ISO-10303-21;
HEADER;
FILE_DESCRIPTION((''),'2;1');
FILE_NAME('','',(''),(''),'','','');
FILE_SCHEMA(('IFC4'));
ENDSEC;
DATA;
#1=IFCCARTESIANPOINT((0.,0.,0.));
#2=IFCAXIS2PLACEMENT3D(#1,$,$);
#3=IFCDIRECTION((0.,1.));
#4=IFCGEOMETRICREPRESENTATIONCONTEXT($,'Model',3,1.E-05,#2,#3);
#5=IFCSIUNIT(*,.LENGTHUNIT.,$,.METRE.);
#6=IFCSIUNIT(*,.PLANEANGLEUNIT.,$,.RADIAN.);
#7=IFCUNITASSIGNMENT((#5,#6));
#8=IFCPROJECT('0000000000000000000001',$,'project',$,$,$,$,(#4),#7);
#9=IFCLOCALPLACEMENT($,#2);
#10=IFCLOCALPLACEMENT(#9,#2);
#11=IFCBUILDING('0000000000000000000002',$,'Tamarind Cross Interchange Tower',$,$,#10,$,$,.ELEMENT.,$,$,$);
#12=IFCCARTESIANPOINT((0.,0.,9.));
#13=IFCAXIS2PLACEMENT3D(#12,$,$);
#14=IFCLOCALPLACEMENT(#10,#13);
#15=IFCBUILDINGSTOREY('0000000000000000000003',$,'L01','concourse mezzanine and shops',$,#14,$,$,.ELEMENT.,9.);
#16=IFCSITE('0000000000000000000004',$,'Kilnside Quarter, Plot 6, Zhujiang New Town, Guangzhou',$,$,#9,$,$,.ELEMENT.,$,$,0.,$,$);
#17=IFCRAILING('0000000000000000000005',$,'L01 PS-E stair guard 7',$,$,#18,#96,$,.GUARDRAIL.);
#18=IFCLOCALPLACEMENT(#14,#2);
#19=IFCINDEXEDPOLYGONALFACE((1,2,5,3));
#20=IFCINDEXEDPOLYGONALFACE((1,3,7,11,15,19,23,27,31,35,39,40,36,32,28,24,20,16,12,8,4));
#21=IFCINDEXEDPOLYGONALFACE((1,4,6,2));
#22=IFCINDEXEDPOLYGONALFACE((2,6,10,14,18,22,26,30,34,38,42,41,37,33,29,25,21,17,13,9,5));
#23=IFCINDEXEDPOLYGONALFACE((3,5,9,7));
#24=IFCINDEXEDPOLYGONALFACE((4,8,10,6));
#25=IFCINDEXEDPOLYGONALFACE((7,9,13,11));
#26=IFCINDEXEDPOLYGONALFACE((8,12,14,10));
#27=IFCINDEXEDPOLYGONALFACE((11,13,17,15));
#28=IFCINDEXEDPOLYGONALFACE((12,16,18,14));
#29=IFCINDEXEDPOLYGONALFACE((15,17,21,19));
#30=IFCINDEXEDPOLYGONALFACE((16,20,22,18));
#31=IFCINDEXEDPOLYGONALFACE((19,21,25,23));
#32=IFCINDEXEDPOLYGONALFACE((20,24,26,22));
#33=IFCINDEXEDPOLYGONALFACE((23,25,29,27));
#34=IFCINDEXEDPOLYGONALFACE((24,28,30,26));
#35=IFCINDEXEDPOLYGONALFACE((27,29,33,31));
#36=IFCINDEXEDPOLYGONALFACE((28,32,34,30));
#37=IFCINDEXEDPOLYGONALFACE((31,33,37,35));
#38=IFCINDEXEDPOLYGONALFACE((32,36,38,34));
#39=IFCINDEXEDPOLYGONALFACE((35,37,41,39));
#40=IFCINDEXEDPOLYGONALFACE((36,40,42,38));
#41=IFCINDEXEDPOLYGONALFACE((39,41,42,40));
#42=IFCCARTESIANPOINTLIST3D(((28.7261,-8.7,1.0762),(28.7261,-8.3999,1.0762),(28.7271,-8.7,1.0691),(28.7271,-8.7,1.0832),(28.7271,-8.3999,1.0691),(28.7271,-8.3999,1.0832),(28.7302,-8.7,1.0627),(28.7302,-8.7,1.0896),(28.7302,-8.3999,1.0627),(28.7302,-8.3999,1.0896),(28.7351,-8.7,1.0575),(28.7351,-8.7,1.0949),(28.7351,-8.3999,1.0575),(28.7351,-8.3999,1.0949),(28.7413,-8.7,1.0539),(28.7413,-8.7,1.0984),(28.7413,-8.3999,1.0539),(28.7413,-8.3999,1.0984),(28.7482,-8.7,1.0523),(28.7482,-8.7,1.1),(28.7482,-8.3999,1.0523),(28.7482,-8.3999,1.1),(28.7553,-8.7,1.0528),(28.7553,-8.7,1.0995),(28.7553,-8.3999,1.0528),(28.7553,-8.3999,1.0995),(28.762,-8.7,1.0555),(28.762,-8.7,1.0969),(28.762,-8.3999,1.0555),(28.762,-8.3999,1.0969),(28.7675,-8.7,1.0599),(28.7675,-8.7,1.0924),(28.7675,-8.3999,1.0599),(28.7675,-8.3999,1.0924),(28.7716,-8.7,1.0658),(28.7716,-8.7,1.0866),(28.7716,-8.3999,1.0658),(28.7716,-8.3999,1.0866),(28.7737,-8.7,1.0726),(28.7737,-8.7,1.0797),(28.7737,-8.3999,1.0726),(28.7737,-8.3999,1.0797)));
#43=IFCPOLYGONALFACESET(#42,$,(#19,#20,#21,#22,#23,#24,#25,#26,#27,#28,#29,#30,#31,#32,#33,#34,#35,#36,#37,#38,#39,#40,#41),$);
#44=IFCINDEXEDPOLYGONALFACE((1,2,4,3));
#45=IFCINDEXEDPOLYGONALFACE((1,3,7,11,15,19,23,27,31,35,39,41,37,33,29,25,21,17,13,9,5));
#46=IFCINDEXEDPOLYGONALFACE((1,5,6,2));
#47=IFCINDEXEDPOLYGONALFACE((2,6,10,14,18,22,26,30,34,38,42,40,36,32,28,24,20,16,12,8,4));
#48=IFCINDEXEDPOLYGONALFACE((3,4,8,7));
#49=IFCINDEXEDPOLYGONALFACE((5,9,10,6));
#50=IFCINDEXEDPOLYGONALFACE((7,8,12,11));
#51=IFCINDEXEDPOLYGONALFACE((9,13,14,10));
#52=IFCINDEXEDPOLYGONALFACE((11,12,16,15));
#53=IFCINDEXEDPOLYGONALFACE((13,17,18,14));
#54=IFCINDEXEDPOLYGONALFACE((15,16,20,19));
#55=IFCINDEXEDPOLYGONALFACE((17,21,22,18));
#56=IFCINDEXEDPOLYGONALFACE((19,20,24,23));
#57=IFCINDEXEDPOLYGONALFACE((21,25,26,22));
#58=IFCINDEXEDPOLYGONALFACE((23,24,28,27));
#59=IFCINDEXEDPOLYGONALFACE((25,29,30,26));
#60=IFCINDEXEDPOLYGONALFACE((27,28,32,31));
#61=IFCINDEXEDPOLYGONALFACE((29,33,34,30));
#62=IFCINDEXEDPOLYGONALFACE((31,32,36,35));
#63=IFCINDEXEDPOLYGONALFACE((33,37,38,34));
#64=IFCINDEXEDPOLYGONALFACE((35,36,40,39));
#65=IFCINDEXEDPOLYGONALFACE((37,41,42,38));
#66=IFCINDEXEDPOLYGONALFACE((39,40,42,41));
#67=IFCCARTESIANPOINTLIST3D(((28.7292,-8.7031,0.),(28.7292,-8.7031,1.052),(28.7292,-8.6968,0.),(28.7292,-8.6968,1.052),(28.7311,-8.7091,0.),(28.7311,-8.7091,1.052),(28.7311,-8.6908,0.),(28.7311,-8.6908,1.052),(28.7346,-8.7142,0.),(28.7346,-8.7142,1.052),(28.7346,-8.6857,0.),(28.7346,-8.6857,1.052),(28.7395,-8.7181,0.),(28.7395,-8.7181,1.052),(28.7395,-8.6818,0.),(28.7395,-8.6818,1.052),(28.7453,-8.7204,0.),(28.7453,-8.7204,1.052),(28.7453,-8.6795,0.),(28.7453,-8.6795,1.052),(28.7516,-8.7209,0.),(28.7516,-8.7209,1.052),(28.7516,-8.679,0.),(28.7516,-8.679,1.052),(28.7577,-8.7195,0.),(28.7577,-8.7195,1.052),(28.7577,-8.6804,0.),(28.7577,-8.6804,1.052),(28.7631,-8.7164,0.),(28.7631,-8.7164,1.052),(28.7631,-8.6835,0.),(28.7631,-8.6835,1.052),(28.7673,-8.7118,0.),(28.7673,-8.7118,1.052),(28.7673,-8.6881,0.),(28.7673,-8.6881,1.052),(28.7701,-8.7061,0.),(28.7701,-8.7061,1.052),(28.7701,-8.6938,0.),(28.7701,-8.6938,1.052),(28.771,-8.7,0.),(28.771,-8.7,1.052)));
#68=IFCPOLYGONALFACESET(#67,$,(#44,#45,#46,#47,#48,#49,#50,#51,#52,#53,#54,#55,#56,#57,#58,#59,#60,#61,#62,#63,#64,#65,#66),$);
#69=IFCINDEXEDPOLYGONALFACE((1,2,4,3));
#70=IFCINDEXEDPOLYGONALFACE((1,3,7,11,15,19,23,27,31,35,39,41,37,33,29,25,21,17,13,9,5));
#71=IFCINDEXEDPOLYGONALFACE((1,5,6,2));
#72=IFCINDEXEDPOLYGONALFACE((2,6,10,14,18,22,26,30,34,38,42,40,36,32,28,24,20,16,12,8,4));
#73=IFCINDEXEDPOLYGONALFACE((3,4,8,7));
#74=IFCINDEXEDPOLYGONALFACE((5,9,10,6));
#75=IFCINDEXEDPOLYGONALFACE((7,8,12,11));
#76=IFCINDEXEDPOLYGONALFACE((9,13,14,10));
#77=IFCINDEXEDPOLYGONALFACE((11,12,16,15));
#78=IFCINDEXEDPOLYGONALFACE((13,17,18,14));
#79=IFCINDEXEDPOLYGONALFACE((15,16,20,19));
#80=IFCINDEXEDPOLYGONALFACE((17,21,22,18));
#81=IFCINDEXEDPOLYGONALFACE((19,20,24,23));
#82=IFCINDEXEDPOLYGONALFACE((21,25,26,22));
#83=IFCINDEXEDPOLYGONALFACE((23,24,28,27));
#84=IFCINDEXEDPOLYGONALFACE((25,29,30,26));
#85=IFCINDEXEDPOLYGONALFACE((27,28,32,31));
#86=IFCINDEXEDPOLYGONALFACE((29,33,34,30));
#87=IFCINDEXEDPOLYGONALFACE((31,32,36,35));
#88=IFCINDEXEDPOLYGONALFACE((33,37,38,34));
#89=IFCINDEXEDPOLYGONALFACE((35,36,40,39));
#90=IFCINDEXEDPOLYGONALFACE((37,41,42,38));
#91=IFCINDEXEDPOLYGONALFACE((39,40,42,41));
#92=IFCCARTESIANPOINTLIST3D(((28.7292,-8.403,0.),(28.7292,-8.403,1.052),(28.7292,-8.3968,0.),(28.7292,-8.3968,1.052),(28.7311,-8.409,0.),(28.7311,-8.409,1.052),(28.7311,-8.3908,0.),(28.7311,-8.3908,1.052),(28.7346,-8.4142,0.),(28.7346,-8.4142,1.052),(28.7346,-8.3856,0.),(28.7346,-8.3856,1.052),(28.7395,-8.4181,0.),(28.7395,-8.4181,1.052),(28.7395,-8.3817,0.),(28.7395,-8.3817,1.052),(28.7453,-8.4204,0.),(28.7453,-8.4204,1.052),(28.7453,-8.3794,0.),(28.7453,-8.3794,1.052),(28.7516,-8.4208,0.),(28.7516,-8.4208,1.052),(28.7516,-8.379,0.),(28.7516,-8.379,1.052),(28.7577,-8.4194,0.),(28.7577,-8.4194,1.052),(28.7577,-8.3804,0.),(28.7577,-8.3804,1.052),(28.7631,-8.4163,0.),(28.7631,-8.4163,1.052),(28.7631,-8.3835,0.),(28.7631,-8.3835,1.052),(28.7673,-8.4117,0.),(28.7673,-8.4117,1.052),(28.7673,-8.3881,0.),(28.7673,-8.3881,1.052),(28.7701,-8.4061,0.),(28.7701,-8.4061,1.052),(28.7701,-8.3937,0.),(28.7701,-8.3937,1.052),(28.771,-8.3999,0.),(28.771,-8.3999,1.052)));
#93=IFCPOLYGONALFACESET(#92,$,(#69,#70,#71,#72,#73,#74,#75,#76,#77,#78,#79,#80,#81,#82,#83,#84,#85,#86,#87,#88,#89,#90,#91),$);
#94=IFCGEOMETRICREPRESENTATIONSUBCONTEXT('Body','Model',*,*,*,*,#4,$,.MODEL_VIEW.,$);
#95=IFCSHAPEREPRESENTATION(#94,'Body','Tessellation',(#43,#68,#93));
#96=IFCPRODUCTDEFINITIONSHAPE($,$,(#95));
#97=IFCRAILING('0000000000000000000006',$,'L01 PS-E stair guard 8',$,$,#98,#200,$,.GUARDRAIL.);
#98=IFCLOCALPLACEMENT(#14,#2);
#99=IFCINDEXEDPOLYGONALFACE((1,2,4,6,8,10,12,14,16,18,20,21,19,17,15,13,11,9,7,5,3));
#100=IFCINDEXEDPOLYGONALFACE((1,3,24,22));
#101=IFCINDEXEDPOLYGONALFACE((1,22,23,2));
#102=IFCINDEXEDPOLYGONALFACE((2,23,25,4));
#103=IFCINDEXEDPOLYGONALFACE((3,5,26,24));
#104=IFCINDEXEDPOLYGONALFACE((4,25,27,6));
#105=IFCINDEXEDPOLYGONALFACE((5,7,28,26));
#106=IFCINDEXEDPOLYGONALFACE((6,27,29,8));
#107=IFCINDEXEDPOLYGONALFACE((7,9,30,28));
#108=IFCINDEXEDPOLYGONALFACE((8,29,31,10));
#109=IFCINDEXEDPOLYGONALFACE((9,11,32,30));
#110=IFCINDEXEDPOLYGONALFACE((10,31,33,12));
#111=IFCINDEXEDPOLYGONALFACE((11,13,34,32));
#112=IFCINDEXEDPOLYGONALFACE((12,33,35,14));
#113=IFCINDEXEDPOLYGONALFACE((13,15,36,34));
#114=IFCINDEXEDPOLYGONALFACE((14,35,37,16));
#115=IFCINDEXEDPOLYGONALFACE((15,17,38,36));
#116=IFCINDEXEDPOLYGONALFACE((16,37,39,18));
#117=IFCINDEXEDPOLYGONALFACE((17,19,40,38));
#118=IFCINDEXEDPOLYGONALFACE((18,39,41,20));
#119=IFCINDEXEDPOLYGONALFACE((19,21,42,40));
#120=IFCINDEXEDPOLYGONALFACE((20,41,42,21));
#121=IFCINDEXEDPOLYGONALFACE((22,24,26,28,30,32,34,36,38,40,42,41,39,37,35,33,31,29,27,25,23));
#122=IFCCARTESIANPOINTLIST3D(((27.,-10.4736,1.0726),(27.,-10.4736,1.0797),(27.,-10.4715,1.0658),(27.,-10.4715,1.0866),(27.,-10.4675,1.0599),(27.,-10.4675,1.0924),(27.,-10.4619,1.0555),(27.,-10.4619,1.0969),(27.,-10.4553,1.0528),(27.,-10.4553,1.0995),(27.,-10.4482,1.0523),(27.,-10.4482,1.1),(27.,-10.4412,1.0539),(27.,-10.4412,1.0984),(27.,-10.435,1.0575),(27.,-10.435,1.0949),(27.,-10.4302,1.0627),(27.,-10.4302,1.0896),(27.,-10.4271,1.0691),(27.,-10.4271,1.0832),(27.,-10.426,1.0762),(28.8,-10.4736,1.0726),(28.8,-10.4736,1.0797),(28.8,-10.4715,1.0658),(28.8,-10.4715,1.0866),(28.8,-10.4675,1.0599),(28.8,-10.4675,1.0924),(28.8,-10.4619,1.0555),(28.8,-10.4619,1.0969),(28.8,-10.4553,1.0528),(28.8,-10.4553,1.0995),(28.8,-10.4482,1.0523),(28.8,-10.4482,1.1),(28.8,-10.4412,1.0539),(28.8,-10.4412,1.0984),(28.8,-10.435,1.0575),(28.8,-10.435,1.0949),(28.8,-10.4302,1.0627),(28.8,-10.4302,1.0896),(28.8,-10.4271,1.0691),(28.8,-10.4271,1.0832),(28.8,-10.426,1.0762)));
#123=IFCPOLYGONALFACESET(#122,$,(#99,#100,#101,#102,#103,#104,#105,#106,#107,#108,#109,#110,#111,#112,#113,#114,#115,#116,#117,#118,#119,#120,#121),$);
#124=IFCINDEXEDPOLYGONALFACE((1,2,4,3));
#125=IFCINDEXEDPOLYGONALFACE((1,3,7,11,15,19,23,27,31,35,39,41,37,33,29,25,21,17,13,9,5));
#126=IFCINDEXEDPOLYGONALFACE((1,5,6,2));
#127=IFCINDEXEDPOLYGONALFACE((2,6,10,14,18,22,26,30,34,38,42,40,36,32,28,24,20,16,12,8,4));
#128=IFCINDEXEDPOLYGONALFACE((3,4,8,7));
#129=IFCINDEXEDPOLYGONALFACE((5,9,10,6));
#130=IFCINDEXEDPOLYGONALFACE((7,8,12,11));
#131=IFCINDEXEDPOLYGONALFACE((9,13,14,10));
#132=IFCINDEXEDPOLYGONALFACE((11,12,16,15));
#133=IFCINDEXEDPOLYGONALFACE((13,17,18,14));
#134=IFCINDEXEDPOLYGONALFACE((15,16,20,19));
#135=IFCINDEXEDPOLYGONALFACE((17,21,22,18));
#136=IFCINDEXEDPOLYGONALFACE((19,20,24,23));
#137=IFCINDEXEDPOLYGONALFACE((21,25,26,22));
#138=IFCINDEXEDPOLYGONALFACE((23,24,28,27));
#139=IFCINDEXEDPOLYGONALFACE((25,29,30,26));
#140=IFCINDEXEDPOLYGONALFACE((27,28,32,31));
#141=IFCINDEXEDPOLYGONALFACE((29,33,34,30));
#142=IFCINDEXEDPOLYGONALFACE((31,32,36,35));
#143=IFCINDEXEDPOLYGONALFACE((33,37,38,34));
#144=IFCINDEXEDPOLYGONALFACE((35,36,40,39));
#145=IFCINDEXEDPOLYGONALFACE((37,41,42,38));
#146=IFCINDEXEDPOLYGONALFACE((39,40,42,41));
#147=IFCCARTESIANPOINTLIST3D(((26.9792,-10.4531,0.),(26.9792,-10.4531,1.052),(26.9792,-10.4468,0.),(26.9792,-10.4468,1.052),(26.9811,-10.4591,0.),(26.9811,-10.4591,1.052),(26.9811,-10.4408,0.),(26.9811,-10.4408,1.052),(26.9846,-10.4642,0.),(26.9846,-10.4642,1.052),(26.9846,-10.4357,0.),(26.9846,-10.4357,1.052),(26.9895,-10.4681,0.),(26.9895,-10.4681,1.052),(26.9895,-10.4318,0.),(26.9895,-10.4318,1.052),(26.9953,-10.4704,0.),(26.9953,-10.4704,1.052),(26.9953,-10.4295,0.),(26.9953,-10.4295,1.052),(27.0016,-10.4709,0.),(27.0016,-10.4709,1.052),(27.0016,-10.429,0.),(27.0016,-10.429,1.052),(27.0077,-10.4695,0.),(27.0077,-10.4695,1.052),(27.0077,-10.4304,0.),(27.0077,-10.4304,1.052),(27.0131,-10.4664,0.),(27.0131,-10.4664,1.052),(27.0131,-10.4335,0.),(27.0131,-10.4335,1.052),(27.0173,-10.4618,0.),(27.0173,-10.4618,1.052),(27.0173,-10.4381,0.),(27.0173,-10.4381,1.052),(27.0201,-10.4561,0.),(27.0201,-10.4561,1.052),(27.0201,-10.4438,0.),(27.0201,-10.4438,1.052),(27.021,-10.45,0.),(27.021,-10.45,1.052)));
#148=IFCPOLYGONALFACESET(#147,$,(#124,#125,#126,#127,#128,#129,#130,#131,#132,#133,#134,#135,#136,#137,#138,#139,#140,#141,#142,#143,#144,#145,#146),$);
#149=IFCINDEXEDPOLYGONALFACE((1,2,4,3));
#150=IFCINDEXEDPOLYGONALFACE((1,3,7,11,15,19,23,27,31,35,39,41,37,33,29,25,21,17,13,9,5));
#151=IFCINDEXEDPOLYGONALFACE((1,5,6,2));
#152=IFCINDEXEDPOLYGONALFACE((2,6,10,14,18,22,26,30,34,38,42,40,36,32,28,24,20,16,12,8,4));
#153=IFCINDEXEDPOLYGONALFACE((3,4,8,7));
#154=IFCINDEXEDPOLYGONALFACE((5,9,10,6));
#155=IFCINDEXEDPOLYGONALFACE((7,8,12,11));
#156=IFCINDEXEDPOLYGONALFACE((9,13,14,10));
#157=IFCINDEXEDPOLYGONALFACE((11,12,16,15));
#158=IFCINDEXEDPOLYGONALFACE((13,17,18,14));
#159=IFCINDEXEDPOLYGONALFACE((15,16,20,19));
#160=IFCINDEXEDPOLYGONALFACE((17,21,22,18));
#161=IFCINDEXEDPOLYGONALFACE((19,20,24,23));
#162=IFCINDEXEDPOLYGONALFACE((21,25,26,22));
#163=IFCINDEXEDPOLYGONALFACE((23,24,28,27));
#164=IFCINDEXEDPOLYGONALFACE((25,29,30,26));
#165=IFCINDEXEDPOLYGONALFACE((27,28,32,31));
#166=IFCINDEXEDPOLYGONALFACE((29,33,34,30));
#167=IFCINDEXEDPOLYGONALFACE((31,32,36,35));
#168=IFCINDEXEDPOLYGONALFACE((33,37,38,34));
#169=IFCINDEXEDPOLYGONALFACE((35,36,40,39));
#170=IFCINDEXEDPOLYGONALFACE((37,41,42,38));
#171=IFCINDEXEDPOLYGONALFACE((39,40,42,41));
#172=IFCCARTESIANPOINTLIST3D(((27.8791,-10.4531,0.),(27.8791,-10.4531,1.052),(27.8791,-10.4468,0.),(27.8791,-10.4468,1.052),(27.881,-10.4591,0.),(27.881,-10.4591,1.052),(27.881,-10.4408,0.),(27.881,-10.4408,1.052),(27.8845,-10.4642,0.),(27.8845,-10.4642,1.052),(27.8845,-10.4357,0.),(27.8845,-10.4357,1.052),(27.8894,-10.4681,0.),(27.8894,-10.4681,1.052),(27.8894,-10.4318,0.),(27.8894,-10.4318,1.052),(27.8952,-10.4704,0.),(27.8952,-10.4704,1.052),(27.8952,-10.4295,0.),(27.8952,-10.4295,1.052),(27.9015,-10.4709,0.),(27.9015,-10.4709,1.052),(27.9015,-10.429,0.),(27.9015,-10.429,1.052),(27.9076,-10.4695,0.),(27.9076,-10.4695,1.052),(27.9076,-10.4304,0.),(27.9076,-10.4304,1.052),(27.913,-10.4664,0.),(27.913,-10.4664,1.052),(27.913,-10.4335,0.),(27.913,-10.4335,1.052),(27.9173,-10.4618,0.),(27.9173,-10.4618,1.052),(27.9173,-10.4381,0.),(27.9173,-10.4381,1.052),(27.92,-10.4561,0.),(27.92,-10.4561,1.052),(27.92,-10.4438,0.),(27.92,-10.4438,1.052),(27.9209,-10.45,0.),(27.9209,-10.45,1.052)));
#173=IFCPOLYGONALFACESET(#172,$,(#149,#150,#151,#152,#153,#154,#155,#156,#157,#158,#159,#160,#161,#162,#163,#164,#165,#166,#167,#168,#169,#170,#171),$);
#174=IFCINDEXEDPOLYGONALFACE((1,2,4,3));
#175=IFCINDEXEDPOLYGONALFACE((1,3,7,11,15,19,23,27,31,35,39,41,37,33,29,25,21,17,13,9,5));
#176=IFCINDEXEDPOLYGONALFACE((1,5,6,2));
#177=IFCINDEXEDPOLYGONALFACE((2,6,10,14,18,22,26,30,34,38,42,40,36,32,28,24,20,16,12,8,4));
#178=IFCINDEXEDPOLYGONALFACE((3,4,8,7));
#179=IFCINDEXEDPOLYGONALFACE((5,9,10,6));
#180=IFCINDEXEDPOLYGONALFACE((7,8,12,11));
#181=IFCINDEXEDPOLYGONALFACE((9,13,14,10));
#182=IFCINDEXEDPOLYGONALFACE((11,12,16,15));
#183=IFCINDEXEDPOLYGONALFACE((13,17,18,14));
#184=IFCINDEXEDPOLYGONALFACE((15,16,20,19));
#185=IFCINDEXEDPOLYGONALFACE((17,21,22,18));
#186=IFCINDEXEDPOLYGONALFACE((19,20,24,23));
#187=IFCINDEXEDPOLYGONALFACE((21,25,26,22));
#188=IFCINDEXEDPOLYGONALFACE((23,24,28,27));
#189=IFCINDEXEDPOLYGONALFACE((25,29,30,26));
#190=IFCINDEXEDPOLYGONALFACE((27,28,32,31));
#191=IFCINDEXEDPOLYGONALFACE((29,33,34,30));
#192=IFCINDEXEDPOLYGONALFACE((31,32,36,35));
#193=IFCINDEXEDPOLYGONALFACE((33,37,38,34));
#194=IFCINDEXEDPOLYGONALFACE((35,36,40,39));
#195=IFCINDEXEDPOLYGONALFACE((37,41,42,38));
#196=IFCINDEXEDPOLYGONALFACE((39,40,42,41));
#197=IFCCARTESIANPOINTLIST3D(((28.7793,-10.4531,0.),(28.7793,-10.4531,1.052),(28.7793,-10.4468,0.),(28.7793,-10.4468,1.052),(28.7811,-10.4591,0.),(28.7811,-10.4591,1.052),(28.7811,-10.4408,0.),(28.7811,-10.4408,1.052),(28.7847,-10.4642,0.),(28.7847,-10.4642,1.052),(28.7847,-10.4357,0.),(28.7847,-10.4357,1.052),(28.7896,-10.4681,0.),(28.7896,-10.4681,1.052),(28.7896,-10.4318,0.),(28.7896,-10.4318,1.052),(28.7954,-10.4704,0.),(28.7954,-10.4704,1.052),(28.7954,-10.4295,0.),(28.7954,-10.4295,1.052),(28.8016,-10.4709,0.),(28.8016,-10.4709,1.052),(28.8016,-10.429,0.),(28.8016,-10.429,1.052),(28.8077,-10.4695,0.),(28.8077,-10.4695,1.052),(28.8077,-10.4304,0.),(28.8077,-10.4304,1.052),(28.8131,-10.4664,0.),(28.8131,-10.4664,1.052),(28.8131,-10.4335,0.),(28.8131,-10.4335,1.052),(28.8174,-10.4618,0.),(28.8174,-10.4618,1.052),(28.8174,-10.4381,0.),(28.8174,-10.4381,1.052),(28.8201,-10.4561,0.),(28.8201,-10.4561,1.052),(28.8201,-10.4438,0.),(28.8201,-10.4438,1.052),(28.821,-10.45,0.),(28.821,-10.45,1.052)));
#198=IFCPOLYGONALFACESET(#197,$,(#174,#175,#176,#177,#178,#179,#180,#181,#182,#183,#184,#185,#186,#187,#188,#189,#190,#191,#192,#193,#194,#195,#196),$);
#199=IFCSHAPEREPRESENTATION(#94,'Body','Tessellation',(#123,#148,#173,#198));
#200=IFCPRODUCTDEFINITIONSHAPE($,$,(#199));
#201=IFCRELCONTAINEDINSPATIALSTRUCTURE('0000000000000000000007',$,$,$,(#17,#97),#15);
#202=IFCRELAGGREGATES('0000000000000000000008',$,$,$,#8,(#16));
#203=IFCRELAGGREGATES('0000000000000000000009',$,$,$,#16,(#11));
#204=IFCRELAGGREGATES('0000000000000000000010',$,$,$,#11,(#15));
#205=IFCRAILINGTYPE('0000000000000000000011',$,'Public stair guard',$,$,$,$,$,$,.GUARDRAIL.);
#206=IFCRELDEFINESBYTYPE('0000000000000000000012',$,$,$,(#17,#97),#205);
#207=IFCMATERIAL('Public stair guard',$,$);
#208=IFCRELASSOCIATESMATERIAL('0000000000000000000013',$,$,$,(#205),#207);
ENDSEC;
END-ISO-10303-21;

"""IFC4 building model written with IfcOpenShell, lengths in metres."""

from ifc_helpers import new_model, si_unit, direction, frame, origin, origin_2d, place, context, subcontext, project, spatial, circle, extrude, material, type_object, element, save


model = new_model("IFC4")

# Units and contexts
model_context = context("Model", 3, precision=1e-05, world=origin(), true_north=direction((0.0, 1.0)))
body_context = subcontext(model_context, "Body", "Model", "MODEL_VIEW")
ifc_project = project(units=[si_unit("LENGTHUNIT", "METRE"), si_unit("PLANEANGLEUNIT", "RADIAN")], contexts=[model_context])

# Site, building, storey
site_placement = place(None, origin())
site = spatial("IfcSite", under=ifc_project, at=site_placement, Name="Kilnside Quarter, Plot 6, Zhujiang New Town, Guangzhou", CompositionType="ELEMENT", RefElevation=0.0)
building_placement = place(site_placement, origin())
building = spatial("IfcBuilding", under=site, at=building_placement, Name="Tamarind Cross Interchange Tower", CompositionType="ELEMENT")
storey_placement = place(building_placement, frame((0.0, 0.0, 9.0)))
storey = spatial("IfcBuildingStorey", under=building, at=storey_placement, Name="L01", Description="concourse mezzanine and shops", CompositionType="ELEMENT", Elevation=9.0)

# Railings
ifc_material_1 = material(Name="Public stair guard")
railing_type_1 = type_object("IfcRailingType", Name="Public stair guard", PredefinedType="GUARDRAIL", material=ifc_material_1)
railing_1_placement = place(storey_placement, frame((28.75, -8.7, 0.0)))
element("IfcRailing", 1, at=railing_1_placement, inside=storey, type_object=railing_type_1, Name="L01 PS-E stair guard 7", PredefinedType="GUARDRAIL", context=body_context, shape_type="SweptSolid", body=[
    extrude(circle(Radius=0.0239, at=origin_2d()), frame((0.0, 0.0, 1.0762), z_axis=(0.0, 1.0, 0.0), x_axis=(-1.0, 0.0, 0.0)), (0.0, 0.0, 1.0), 0.3),
    extrude(circle(Radius=0.021, at=origin_2d()), origin(), (0.0, 0.0, 1.0), 1.052),
    extrude(circle(Radius=0.021, at=origin_2d()), frame((0.0, 0.3, 0.0)), (0.0, 0.0, 1.0), 1.052),
])
for number, where, name in (
    (2, (27.0, -10.45, 0.0), "L01 PS-E stair guard 8"),
):
    element("IfcRailing", number, at=place(storey_placement, frame(where)), inside=storey, type_object=railing_type_1, Name=name, PredefinedType="GUARDRAIL", context=body_context, shape_type="SweptSolid", body=[
        extrude(circle(Radius=0.0239, at=origin_2d()), frame((0.0, 0.0, 1.0762), z_axis=(1.0, 0.0, 0.0), x_axis=(0.0, 1.0, 0.0)), (0.0, 0.0, 1.0), 1.8),
        extrude(circle(Radius=0.021, at=origin_2d()), origin(), (0.0, 0.0, 1.0), 1.052),
        extrude(circle(Radius=0.021, at=origin_2d()), frame((0.8999, 0.0, 0.0)), (0.0, 0.0, 1.0), 1.052),
        extrude(circle(Radius=0.021, at=origin_2d()), frame((1.8, 0.0, 0.0)), (0.0, 0.0, 1.0), 1.052),
    ])

save(model, "model.ifc")
